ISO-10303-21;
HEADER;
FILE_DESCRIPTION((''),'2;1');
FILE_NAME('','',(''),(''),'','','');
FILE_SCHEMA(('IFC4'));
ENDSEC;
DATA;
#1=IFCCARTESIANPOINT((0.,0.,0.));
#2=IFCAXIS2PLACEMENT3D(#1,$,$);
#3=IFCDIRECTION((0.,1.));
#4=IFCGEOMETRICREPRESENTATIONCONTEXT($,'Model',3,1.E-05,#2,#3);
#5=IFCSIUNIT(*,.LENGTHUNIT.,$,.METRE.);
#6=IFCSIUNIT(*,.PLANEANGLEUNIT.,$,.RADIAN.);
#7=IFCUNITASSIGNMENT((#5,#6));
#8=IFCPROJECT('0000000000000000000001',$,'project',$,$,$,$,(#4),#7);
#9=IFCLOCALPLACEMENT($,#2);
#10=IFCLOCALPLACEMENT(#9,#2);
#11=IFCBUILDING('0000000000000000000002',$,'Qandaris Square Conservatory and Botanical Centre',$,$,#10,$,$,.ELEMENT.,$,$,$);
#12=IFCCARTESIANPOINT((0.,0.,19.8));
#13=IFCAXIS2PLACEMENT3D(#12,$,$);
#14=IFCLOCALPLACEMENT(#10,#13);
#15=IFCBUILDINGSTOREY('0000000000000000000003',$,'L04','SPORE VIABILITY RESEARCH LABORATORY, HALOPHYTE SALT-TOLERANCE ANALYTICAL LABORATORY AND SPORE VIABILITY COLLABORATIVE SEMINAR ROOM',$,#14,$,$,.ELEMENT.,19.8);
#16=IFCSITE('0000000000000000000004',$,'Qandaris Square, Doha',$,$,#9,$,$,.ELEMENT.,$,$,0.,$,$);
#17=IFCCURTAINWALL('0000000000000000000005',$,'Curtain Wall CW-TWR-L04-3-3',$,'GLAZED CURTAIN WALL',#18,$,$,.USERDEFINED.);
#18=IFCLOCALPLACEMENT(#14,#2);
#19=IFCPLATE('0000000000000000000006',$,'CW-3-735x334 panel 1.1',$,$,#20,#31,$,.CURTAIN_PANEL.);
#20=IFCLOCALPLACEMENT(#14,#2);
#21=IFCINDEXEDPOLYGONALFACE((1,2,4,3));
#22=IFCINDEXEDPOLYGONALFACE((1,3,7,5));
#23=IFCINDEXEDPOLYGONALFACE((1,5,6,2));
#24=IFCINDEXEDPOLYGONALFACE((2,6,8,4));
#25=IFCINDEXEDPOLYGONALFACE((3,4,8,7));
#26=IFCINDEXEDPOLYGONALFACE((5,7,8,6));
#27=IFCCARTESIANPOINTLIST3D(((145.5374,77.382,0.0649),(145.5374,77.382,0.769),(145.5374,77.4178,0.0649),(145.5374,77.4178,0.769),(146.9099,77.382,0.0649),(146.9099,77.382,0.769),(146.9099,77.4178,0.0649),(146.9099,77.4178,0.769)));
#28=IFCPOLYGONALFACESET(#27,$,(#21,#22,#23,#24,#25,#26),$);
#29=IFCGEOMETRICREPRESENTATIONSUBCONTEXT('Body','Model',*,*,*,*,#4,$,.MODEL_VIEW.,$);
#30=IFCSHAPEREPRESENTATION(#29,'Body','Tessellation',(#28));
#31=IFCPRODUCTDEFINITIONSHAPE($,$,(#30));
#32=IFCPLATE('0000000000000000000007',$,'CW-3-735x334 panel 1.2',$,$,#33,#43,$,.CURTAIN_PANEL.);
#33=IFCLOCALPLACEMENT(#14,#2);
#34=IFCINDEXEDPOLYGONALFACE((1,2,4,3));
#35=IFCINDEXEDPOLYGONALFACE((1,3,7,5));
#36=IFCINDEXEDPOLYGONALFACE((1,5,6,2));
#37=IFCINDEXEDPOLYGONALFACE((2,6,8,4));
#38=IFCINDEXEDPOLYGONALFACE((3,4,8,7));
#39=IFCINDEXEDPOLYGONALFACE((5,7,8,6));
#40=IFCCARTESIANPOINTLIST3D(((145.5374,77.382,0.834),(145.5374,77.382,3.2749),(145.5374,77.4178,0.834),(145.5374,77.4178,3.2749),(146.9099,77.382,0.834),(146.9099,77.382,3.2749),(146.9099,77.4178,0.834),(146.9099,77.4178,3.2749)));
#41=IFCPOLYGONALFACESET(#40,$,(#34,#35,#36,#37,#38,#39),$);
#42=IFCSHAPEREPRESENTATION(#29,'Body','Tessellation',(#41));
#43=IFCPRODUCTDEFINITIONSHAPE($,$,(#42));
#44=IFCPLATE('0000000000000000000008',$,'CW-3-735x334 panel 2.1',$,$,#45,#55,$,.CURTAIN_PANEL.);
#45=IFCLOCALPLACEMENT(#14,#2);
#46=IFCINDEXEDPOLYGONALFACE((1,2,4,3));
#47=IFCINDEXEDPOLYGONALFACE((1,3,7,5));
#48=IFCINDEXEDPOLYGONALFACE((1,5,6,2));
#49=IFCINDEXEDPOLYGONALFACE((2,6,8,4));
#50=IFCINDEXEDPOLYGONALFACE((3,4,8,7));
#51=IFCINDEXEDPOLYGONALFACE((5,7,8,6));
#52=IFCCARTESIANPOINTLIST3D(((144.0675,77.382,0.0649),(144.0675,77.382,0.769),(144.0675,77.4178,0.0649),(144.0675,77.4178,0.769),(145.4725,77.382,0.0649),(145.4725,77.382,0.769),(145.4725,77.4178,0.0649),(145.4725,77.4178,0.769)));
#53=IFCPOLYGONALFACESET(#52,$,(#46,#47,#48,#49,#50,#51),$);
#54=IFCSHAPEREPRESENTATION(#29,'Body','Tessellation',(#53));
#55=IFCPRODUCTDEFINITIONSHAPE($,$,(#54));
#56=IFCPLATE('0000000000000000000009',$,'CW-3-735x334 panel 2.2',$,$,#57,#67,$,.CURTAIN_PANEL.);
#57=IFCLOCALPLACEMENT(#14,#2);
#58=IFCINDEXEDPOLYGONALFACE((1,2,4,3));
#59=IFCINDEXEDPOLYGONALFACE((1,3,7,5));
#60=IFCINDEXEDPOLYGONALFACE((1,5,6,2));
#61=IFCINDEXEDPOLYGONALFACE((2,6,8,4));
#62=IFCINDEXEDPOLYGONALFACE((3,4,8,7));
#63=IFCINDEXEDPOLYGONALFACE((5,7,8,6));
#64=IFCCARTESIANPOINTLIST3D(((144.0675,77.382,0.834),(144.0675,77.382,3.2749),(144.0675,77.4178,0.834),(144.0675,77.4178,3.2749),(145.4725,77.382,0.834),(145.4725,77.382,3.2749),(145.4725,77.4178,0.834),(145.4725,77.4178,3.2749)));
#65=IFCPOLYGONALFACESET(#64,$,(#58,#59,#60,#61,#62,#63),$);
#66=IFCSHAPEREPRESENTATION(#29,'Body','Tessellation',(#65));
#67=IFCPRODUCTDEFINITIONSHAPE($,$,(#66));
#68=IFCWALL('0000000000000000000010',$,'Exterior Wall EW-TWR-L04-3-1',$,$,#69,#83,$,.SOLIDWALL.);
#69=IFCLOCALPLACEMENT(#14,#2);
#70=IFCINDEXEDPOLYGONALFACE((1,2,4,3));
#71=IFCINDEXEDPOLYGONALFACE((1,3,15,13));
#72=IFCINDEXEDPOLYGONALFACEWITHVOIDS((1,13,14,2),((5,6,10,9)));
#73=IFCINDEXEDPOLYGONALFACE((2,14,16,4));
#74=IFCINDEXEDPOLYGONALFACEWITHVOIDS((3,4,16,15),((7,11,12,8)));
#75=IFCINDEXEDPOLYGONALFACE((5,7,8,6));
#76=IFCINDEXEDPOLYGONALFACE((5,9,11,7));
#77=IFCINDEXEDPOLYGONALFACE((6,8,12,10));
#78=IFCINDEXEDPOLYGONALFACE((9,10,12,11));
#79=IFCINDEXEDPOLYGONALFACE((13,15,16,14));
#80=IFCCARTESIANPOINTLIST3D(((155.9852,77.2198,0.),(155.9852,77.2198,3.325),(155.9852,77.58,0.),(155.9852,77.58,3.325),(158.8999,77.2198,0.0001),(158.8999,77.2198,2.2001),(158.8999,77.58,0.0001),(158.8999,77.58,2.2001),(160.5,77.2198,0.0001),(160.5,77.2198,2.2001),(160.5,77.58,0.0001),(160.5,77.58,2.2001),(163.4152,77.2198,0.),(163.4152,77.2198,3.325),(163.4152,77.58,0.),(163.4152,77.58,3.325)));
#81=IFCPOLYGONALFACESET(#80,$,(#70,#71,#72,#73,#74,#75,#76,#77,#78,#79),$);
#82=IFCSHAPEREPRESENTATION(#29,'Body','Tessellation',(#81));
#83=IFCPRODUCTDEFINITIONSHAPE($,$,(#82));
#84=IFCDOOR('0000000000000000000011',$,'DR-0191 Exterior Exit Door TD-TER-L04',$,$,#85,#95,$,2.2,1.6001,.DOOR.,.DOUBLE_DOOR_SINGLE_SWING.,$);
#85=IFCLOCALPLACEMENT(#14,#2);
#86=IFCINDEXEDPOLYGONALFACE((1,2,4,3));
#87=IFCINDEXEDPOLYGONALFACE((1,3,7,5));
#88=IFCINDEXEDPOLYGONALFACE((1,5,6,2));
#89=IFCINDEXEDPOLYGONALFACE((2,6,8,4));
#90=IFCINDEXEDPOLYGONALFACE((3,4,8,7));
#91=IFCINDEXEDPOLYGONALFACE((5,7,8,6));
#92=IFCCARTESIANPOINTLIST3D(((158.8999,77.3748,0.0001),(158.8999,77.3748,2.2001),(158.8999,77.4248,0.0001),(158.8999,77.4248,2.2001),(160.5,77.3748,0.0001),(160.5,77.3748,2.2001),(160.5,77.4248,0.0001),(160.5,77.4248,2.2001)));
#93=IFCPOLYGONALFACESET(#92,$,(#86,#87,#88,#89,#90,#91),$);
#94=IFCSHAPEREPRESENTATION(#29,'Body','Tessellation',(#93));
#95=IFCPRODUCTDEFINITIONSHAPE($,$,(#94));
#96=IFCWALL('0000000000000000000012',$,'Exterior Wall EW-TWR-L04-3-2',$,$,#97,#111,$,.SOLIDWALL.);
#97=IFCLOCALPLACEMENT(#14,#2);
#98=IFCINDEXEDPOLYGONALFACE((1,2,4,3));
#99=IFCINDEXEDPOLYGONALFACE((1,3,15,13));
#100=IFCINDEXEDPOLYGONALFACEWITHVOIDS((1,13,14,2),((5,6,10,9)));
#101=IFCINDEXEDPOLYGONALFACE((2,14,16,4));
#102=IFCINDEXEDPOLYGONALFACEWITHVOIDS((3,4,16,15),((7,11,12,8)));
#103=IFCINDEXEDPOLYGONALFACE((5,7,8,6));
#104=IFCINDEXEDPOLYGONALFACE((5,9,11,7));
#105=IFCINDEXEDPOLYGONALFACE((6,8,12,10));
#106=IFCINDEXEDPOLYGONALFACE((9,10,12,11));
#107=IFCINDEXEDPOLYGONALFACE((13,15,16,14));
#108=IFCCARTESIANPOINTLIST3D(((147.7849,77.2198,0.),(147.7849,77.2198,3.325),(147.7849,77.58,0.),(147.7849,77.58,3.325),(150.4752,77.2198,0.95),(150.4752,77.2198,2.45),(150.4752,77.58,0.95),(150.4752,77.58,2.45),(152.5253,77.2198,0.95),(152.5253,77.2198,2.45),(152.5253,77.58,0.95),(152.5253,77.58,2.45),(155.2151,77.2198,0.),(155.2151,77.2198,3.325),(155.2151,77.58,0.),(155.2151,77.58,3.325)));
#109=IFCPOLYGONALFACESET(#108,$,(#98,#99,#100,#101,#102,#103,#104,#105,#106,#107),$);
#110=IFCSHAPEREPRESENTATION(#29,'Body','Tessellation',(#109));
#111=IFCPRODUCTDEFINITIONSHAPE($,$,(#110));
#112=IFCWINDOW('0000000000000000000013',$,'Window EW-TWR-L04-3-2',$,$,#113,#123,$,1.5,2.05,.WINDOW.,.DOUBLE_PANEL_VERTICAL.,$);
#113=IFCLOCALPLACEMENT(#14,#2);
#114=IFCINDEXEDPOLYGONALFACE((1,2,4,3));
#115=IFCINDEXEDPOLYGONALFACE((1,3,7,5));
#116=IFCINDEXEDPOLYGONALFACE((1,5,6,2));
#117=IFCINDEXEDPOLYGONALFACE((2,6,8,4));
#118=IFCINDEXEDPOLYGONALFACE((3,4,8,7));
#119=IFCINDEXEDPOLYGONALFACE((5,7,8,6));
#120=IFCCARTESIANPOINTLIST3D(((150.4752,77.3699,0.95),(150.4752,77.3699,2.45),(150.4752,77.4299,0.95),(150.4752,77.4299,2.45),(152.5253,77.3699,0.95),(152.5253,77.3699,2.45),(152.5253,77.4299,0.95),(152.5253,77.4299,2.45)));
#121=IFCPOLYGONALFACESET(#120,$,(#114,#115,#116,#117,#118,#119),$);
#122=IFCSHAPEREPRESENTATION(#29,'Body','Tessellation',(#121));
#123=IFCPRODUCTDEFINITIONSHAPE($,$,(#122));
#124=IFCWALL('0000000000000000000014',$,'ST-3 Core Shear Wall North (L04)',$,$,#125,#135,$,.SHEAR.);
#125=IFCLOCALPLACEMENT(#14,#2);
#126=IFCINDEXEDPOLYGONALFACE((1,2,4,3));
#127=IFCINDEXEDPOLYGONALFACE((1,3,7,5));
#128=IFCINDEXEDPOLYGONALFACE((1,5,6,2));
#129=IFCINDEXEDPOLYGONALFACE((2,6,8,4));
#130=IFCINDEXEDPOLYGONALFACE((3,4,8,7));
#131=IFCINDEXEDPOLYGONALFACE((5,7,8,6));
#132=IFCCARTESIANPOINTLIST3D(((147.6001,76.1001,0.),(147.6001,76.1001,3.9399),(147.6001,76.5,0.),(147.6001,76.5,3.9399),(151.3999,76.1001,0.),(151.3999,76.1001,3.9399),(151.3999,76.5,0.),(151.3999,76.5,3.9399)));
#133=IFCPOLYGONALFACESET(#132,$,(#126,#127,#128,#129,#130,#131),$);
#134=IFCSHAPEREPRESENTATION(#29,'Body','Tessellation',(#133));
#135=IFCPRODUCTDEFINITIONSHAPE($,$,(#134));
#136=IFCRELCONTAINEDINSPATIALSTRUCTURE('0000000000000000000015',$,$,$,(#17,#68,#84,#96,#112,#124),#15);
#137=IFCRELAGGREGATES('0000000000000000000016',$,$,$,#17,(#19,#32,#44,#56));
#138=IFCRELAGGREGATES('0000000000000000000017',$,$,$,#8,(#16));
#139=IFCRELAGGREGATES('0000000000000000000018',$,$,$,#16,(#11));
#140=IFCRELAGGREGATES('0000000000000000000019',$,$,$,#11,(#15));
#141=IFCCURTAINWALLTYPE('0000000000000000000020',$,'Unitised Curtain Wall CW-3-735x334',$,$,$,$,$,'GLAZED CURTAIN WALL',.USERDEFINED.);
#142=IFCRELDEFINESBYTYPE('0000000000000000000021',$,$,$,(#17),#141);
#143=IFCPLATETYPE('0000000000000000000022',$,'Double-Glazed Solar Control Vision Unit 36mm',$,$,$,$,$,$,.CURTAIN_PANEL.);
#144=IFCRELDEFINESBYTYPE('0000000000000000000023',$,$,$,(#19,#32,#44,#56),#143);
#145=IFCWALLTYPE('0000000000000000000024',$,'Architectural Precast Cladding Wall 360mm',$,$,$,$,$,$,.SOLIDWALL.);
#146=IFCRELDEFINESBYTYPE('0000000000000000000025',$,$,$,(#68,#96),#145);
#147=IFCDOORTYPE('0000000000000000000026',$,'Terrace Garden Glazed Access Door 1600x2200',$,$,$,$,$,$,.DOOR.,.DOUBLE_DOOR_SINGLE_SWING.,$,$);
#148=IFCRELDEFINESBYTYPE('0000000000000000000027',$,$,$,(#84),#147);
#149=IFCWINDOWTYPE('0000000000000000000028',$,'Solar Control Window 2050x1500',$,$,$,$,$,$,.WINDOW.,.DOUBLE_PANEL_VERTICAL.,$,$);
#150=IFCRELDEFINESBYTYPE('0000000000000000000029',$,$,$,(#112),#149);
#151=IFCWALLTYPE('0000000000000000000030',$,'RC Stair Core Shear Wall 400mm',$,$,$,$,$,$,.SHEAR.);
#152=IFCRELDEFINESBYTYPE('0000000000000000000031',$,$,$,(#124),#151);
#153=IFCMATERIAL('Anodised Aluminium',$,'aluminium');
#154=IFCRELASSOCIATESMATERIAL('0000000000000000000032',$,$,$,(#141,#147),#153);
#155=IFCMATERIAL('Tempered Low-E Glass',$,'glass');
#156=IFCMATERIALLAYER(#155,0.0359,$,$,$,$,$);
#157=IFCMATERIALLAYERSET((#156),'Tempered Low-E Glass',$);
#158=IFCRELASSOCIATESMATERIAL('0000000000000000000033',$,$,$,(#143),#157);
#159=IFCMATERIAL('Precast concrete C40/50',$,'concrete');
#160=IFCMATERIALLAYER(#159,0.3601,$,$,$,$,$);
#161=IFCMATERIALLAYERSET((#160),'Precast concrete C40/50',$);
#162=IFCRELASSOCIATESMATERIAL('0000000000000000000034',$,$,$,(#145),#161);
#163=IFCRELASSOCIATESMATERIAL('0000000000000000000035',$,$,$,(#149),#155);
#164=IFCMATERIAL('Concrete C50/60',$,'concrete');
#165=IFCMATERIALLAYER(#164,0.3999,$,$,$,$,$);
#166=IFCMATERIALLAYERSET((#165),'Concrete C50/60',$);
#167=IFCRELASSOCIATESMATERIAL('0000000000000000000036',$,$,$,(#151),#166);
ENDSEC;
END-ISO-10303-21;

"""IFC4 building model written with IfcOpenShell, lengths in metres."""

from ifc_helpers import new_model, si_unit, direction, frame, frame_2d, origin, origin_2d, place, context, subcontext, project, spatial, rectangle, extrude, material, layer, layer_set, type_object, element, fill, aggregate, save


model = new_model("IFC4")

# Units and contexts
model_context = context("Model", 3, precision=1e-05, world=origin(), true_north=direction((0.0, 1.0)))
body_context = subcontext(model_context, "Body", "Model", "MODEL_VIEW")
ifc_project = project(units=[si_unit("LENGTHUNIT", "METRE"), si_unit("PLANEANGLEUNIT", "RADIAN")], contexts=[model_context])

# Site, building, storey
site_placement = place(None, origin())
site = spatial("IfcSite", under=ifc_project, at=site_placement, Name="Qandaris Square, Doha", CompositionType="ELEMENT", RefElevation=0.0)
building_placement = place(site_placement, origin())
building = spatial("IfcBuilding", under=site, at=building_placement, Name="Qandaris Square Conservatory and Botanical Centre", CompositionType="ELEMENT")
storey_placement = place(building_placement, frame((0.0, 0.0, 19.8)))
storey = spatial("IfcBuildingStorey", under=building, at=storey_placement, Name="L04", Description="SPORE VIABILITY RESEARCH LABORATORY, HALOPHYTE SALT-TOLERANCE ANALYTICAL LABORATORY AND SPORE VIABILITY COLLABORATIVE SEMINAR ROOM", CompositionType="ELEMENT", Elevation=19.8)

# Shared definitions
ifc_material_1 = material(Name="Concrete C50/60", Category="concrete")

# Curtain wall
ifc_material_2 = material(Name="Anodised Aluminium", Category="aluminium")
curtain_wall_type = type_object("IfcCurtainWallType", Name="Unitised Curtain Wall CW-3-735x334", ElementType="GLAZED CURTAIN WALL", PredefinedType="USERDEFINED", material=ifc_material_2)
curtain_wall_placement = place(storey_placement, origin())
curtain_wall = element("IfcCurtainWall", 1, at=curtain_wall_placement, inside=storey, type_object=curtain_wall_type, Name="Curtain Wall CW-TWR-L04-3-3", ObjectType="GLAZED CURTAIN WALL", PredefinedType="USERDEFINED")

# Plates
ifc_material_3 = material(Name="Tempered Low-E Glass", Category="glass")
ifc_layer_1 = layer(ifc_material_3, 0.0359)
ifc_layer_set_1 = layer_set([ifc_layer_1], Name="Tempered Low-E Glass")
plate_type = type_object("IfcPlateType", Name="Double-Glazed Solar Control Vision Unit 36mm", PredefinedType="CURTAIN_PANEL", material=ifc_layer_set_1)
plate_1_placement = place(storey_placement, frame((146.2236, 77.3999, 0.0649), z_axis=(0.0, 0.0, 1.0), x_axis=(-1.0, 0.0, 0.0)))
plate_1 = element("IfcPlate", 2, at=plate_1_placement, type_object=plate_type, Name="CW-3-735x334 panel 1.1", PredefinedType="CURTAIN_PANEL", context=body_context, shape_type="SweptSolid", body=[
    extrude(rectangle(XDim=1.3726, YDim=0.0359, at=origin_2d()), origin(), (0.0, 0.0, 1.0), 0.7041),
])
plate_2_placement = place(storey_placement, frame((146.2236, 77.3999, 0.834), z_axis=(0.0, 0.0, 1.0), x_axis=(-1.0, 0.0, 0.0)))
plate_2 = element("IfcPlate", 3, at=plate_2_placement, type_object=plate_type, Name="CW-3-735x334 panel 1.2", PredefinedType="CURTAIN_PANEL", context=body_context, shape_type="SweptSolid", body=[
    extrude(rectangle(XDim=1.3726, YDim=0.0359, at=origin_2d()), origin(), (0.0, 0.0, 1.0), 2.4409),
])
plate_3_placement = place(storey_placement, frame((144.77, 77.3999, 0.0649), z_axis=(0.0, 0.0, 1.0), x_axis=(-1.0, 0.0, 0.0)))
plate_3 = element("IfcPlate", 4, at=plate_3_placement, type_object=plate_type, Name="CW-3-735x334 panel 2.1", PredefinedType="CURTAIN_PANEL", context=body_context, shape_type="SweptSolid", body=[
    extrude(rectangle(XDim=1.405, YDim=0.0359, at=origin_2d()), origin(), (0.0, 0.0, 1.0), 0.7041),
])
plate_4_placement = place(storey_placement, frame((144.77, 77.3999, 0.834), z_axis=(0.0, 0.0, 1.0), x_axis=(-1.0, 0.0, 0.0)))
plate_4 = element("IfcPlate", 5, at=plate_4_placement, type_object=plate_type, Name="CW-3-735x334 panel 2.2", PredefinedType="CURTAIN_PANEL", context=body_context, shape_type="SweptSolid", body=[
    extrude(rectangle(XDim=1.405, YDim=0.0359, at=origin_2d()), origin(), (0.0, 0.0, 1.0), 2.4409),
])
aggregate(curtain_wall, [plate_1, plate_2, plate_3, plate_4])

# Wall, opening, door
ifc_material_4 = material(Name="Precast concrete C40/50", Category="concrete")
ifc_layer_2 = layer(ifc_material_4, 0.3601)
ifc_layer_set_2 = layer_set([ifc_layer_2], Name="Precast concrete C40/50")
wall_type_1 = type_object("IfcWallType", Name="Architectural Precast Cladding Wall 360mm", PredefinedType="SOLIDWALL", material=ifc_layer_set_2)
wall_1_placement = place(storey_placement, frame((163.415, 77.3999, 0.0), z_axis=(0.0, 0.0, 1.0), x_axis=(-1.0, 0.0, 0.0)))
wall_1 = element("IfcWall", 6, at=wall_1_placement, inside=storey, type_object=wall_type_1, Name="Exterior Wall EW-TWR-L04-3-1", PredefinedType="SOLIDWALL", context=body_context, shape_type="SweptSolid", body=[
    extrude(rectangle(XDim=7.4299, YDim=0.3601, at=frame_2d((3.7148, 0.0))), origin(), (0.0, 0.0, 1.0), 3.325),
])
opening_1_placement = place(wall_1_placement, frame((2.915, 0.0, 0.0)))
opening_1 = element("IfcOpeningElement", 7, at=opening_1_placement, cuts=wall_1, PredefinedType="OPENING", context=body_context, shape_type="SweptSolid", body=[
    extrude(rectangle(XDim=1.6001, YDim=2.2, at=frame_2d((0.8, 1.1001))), frame((0.0, 0.1919, 0.0), z_axis=(0.0, -1.0, 0.0), x_axis=(1.0, 0.0, 0.0)), (0.0, 0.0, 1.0), 0.384),
])
door_type = type_object("IfcDoorType", Name="Terrace Garden Glazed Access Door 1600x2200", OperationType="DOUBLE_DOOR_SINGLE_SWING", PredefinedType="DOOR", material=ifc_material_2)
door_placement = place(opening_1_placement, frame((1.6001, 0.0, 0.0), z_axis=(0.0, 0.0, 1.0), x_axis=(-1.0, 0.0, 0.0)))
door = element("IfcDoor", 8, at=door_placement, inside=storey, type_object=door_type, Name="DR-0191 Exterior Exit Door TD-TER-L04", OperationType="DOUBLE_DOOR_SINGLE_SWING", OverallHeight=2.2, OverallWidth=1.6001, PredefinedType="DOOR", context=body_context, shape_type="SweptSolid", body=[
    extrude(rectangle(XDim=1.6001, YDim=2.2, at=frame_2d((0.8, 1.1001))), frame((0.0, 0.0249, 0.0), z_axis=(0.0, -1.0, 0.0), x_axis=(1.0, 0.0, 0.0)), (0.0, 0.0, 1.0), 0.05),
])
fill(opening_1, door)

# Wall, opening, window
wall_2_placement = place(storey_placement, frame((155.2151, 77.3999, 0.0), z_axis=(0.0, 0.0, 1.0), x_axis=(-1.0, 0.0, 0.0)))
wall_2 = element("IfcWall", 9, at=wall_2_placement, inside=storey, type_object=wall_type_1, Name="Exterior Wall EW-TWR-L04-3-2", PredefinedType="SOLIDWALL", context=body_context, shape_type="SweptSolid", body=[
    extrude(rectangle(XDim=7.4302, YDim=0.3601, at=frame_2d((3.7151, 0.0))), origin(), (0.0, 0.0, 1.0), 3.325),
])
opening_2_placement = place(wall_2_placement, frame((2.6899, 0.0, 0.95)))
opening_2 = element("IfcOpeningElement", 10, at=opening_2_placement, cuts=wall_2, PredefinedType="OPENING", context=body_context, shape_type="SweptSolid", body=[
    extrude(rectangle(XDim=2.05, YDim=1.5, at=frame_2d((1.0249, 0.75))), frame((0.0, 0.1919, 0.0), z_axis=(0.0, -1.0, 0.0), x_axis=(1.0, 0.0, 0.0)), (0.0, 0.0, 1.0), 0.384),
])
window_type = type_object("IfcWindowType", Name="Solar Control Window 2050x1500", PartitioningType="DOUBLE_PANEL_VERTICAL", PredefinedType="WINDOW", material=ifc_material_3)
window_placement = place(opening_2_placement, origin())
window = element("IfcWindow", 11, at=window_placement, inside=storey, type_object=window_type, Name="Window EW-TWR-L04-3-2", OverallHeight=1.5, OverallWidth=2.05, PartitioningType="DOUBLE_PANEL_VERTICAL", PredefinedType="WINDOW", context=body_context, shape_type="SweptSolid", body=[
    extrude(rectangle(XDim=2.05, YDim=1.5, at=frame_2d((1.0249, 0.75))), frame((0.0, 0.03, 0.0), z_axis=(0.0, -1.0, 0.0), x_axis=(1.0, 0.0, 0.0)), (0.0, 0.0, 1.0), 0.0601),
])
fill(opening_2, window)

# Wall
ifc_layer_3 = layer(ifc_material_1, 0.3999)
ifc_layer_set_3 = layer_set([ifc_layer_3], Name="Concrete C50/60")
wall_type_2 = type_object("IfcWallType", Name="RC Stair Core Shear Wall 400mm", PredefinedType="SHEAR", material=ifc_layer_set_3)
wall_3_placement = place(storey_placement, frame((147.6001, 76.3, 0.0), z_axis=(0.0, 0.0, 1.0), x_axis=(1.0, 0.0, 0.0)))
element("IfcWall", 12, at=wall_3_placement, inside=storey, type_object=wall_type_2, Name="ST-3 Core Shear Wall North (L04)", PredefinedType="SHEAR", context=body_context, shape_type="SweptSolid", body=[
    extrude(rectangle(XDim=3.7998, YDim=0.3999, at=frame_2d((1.8999, 0.0))), origin(), (0.0, 0.0, 1.0), 3.9399),
])

save(model, "model.ifc")
